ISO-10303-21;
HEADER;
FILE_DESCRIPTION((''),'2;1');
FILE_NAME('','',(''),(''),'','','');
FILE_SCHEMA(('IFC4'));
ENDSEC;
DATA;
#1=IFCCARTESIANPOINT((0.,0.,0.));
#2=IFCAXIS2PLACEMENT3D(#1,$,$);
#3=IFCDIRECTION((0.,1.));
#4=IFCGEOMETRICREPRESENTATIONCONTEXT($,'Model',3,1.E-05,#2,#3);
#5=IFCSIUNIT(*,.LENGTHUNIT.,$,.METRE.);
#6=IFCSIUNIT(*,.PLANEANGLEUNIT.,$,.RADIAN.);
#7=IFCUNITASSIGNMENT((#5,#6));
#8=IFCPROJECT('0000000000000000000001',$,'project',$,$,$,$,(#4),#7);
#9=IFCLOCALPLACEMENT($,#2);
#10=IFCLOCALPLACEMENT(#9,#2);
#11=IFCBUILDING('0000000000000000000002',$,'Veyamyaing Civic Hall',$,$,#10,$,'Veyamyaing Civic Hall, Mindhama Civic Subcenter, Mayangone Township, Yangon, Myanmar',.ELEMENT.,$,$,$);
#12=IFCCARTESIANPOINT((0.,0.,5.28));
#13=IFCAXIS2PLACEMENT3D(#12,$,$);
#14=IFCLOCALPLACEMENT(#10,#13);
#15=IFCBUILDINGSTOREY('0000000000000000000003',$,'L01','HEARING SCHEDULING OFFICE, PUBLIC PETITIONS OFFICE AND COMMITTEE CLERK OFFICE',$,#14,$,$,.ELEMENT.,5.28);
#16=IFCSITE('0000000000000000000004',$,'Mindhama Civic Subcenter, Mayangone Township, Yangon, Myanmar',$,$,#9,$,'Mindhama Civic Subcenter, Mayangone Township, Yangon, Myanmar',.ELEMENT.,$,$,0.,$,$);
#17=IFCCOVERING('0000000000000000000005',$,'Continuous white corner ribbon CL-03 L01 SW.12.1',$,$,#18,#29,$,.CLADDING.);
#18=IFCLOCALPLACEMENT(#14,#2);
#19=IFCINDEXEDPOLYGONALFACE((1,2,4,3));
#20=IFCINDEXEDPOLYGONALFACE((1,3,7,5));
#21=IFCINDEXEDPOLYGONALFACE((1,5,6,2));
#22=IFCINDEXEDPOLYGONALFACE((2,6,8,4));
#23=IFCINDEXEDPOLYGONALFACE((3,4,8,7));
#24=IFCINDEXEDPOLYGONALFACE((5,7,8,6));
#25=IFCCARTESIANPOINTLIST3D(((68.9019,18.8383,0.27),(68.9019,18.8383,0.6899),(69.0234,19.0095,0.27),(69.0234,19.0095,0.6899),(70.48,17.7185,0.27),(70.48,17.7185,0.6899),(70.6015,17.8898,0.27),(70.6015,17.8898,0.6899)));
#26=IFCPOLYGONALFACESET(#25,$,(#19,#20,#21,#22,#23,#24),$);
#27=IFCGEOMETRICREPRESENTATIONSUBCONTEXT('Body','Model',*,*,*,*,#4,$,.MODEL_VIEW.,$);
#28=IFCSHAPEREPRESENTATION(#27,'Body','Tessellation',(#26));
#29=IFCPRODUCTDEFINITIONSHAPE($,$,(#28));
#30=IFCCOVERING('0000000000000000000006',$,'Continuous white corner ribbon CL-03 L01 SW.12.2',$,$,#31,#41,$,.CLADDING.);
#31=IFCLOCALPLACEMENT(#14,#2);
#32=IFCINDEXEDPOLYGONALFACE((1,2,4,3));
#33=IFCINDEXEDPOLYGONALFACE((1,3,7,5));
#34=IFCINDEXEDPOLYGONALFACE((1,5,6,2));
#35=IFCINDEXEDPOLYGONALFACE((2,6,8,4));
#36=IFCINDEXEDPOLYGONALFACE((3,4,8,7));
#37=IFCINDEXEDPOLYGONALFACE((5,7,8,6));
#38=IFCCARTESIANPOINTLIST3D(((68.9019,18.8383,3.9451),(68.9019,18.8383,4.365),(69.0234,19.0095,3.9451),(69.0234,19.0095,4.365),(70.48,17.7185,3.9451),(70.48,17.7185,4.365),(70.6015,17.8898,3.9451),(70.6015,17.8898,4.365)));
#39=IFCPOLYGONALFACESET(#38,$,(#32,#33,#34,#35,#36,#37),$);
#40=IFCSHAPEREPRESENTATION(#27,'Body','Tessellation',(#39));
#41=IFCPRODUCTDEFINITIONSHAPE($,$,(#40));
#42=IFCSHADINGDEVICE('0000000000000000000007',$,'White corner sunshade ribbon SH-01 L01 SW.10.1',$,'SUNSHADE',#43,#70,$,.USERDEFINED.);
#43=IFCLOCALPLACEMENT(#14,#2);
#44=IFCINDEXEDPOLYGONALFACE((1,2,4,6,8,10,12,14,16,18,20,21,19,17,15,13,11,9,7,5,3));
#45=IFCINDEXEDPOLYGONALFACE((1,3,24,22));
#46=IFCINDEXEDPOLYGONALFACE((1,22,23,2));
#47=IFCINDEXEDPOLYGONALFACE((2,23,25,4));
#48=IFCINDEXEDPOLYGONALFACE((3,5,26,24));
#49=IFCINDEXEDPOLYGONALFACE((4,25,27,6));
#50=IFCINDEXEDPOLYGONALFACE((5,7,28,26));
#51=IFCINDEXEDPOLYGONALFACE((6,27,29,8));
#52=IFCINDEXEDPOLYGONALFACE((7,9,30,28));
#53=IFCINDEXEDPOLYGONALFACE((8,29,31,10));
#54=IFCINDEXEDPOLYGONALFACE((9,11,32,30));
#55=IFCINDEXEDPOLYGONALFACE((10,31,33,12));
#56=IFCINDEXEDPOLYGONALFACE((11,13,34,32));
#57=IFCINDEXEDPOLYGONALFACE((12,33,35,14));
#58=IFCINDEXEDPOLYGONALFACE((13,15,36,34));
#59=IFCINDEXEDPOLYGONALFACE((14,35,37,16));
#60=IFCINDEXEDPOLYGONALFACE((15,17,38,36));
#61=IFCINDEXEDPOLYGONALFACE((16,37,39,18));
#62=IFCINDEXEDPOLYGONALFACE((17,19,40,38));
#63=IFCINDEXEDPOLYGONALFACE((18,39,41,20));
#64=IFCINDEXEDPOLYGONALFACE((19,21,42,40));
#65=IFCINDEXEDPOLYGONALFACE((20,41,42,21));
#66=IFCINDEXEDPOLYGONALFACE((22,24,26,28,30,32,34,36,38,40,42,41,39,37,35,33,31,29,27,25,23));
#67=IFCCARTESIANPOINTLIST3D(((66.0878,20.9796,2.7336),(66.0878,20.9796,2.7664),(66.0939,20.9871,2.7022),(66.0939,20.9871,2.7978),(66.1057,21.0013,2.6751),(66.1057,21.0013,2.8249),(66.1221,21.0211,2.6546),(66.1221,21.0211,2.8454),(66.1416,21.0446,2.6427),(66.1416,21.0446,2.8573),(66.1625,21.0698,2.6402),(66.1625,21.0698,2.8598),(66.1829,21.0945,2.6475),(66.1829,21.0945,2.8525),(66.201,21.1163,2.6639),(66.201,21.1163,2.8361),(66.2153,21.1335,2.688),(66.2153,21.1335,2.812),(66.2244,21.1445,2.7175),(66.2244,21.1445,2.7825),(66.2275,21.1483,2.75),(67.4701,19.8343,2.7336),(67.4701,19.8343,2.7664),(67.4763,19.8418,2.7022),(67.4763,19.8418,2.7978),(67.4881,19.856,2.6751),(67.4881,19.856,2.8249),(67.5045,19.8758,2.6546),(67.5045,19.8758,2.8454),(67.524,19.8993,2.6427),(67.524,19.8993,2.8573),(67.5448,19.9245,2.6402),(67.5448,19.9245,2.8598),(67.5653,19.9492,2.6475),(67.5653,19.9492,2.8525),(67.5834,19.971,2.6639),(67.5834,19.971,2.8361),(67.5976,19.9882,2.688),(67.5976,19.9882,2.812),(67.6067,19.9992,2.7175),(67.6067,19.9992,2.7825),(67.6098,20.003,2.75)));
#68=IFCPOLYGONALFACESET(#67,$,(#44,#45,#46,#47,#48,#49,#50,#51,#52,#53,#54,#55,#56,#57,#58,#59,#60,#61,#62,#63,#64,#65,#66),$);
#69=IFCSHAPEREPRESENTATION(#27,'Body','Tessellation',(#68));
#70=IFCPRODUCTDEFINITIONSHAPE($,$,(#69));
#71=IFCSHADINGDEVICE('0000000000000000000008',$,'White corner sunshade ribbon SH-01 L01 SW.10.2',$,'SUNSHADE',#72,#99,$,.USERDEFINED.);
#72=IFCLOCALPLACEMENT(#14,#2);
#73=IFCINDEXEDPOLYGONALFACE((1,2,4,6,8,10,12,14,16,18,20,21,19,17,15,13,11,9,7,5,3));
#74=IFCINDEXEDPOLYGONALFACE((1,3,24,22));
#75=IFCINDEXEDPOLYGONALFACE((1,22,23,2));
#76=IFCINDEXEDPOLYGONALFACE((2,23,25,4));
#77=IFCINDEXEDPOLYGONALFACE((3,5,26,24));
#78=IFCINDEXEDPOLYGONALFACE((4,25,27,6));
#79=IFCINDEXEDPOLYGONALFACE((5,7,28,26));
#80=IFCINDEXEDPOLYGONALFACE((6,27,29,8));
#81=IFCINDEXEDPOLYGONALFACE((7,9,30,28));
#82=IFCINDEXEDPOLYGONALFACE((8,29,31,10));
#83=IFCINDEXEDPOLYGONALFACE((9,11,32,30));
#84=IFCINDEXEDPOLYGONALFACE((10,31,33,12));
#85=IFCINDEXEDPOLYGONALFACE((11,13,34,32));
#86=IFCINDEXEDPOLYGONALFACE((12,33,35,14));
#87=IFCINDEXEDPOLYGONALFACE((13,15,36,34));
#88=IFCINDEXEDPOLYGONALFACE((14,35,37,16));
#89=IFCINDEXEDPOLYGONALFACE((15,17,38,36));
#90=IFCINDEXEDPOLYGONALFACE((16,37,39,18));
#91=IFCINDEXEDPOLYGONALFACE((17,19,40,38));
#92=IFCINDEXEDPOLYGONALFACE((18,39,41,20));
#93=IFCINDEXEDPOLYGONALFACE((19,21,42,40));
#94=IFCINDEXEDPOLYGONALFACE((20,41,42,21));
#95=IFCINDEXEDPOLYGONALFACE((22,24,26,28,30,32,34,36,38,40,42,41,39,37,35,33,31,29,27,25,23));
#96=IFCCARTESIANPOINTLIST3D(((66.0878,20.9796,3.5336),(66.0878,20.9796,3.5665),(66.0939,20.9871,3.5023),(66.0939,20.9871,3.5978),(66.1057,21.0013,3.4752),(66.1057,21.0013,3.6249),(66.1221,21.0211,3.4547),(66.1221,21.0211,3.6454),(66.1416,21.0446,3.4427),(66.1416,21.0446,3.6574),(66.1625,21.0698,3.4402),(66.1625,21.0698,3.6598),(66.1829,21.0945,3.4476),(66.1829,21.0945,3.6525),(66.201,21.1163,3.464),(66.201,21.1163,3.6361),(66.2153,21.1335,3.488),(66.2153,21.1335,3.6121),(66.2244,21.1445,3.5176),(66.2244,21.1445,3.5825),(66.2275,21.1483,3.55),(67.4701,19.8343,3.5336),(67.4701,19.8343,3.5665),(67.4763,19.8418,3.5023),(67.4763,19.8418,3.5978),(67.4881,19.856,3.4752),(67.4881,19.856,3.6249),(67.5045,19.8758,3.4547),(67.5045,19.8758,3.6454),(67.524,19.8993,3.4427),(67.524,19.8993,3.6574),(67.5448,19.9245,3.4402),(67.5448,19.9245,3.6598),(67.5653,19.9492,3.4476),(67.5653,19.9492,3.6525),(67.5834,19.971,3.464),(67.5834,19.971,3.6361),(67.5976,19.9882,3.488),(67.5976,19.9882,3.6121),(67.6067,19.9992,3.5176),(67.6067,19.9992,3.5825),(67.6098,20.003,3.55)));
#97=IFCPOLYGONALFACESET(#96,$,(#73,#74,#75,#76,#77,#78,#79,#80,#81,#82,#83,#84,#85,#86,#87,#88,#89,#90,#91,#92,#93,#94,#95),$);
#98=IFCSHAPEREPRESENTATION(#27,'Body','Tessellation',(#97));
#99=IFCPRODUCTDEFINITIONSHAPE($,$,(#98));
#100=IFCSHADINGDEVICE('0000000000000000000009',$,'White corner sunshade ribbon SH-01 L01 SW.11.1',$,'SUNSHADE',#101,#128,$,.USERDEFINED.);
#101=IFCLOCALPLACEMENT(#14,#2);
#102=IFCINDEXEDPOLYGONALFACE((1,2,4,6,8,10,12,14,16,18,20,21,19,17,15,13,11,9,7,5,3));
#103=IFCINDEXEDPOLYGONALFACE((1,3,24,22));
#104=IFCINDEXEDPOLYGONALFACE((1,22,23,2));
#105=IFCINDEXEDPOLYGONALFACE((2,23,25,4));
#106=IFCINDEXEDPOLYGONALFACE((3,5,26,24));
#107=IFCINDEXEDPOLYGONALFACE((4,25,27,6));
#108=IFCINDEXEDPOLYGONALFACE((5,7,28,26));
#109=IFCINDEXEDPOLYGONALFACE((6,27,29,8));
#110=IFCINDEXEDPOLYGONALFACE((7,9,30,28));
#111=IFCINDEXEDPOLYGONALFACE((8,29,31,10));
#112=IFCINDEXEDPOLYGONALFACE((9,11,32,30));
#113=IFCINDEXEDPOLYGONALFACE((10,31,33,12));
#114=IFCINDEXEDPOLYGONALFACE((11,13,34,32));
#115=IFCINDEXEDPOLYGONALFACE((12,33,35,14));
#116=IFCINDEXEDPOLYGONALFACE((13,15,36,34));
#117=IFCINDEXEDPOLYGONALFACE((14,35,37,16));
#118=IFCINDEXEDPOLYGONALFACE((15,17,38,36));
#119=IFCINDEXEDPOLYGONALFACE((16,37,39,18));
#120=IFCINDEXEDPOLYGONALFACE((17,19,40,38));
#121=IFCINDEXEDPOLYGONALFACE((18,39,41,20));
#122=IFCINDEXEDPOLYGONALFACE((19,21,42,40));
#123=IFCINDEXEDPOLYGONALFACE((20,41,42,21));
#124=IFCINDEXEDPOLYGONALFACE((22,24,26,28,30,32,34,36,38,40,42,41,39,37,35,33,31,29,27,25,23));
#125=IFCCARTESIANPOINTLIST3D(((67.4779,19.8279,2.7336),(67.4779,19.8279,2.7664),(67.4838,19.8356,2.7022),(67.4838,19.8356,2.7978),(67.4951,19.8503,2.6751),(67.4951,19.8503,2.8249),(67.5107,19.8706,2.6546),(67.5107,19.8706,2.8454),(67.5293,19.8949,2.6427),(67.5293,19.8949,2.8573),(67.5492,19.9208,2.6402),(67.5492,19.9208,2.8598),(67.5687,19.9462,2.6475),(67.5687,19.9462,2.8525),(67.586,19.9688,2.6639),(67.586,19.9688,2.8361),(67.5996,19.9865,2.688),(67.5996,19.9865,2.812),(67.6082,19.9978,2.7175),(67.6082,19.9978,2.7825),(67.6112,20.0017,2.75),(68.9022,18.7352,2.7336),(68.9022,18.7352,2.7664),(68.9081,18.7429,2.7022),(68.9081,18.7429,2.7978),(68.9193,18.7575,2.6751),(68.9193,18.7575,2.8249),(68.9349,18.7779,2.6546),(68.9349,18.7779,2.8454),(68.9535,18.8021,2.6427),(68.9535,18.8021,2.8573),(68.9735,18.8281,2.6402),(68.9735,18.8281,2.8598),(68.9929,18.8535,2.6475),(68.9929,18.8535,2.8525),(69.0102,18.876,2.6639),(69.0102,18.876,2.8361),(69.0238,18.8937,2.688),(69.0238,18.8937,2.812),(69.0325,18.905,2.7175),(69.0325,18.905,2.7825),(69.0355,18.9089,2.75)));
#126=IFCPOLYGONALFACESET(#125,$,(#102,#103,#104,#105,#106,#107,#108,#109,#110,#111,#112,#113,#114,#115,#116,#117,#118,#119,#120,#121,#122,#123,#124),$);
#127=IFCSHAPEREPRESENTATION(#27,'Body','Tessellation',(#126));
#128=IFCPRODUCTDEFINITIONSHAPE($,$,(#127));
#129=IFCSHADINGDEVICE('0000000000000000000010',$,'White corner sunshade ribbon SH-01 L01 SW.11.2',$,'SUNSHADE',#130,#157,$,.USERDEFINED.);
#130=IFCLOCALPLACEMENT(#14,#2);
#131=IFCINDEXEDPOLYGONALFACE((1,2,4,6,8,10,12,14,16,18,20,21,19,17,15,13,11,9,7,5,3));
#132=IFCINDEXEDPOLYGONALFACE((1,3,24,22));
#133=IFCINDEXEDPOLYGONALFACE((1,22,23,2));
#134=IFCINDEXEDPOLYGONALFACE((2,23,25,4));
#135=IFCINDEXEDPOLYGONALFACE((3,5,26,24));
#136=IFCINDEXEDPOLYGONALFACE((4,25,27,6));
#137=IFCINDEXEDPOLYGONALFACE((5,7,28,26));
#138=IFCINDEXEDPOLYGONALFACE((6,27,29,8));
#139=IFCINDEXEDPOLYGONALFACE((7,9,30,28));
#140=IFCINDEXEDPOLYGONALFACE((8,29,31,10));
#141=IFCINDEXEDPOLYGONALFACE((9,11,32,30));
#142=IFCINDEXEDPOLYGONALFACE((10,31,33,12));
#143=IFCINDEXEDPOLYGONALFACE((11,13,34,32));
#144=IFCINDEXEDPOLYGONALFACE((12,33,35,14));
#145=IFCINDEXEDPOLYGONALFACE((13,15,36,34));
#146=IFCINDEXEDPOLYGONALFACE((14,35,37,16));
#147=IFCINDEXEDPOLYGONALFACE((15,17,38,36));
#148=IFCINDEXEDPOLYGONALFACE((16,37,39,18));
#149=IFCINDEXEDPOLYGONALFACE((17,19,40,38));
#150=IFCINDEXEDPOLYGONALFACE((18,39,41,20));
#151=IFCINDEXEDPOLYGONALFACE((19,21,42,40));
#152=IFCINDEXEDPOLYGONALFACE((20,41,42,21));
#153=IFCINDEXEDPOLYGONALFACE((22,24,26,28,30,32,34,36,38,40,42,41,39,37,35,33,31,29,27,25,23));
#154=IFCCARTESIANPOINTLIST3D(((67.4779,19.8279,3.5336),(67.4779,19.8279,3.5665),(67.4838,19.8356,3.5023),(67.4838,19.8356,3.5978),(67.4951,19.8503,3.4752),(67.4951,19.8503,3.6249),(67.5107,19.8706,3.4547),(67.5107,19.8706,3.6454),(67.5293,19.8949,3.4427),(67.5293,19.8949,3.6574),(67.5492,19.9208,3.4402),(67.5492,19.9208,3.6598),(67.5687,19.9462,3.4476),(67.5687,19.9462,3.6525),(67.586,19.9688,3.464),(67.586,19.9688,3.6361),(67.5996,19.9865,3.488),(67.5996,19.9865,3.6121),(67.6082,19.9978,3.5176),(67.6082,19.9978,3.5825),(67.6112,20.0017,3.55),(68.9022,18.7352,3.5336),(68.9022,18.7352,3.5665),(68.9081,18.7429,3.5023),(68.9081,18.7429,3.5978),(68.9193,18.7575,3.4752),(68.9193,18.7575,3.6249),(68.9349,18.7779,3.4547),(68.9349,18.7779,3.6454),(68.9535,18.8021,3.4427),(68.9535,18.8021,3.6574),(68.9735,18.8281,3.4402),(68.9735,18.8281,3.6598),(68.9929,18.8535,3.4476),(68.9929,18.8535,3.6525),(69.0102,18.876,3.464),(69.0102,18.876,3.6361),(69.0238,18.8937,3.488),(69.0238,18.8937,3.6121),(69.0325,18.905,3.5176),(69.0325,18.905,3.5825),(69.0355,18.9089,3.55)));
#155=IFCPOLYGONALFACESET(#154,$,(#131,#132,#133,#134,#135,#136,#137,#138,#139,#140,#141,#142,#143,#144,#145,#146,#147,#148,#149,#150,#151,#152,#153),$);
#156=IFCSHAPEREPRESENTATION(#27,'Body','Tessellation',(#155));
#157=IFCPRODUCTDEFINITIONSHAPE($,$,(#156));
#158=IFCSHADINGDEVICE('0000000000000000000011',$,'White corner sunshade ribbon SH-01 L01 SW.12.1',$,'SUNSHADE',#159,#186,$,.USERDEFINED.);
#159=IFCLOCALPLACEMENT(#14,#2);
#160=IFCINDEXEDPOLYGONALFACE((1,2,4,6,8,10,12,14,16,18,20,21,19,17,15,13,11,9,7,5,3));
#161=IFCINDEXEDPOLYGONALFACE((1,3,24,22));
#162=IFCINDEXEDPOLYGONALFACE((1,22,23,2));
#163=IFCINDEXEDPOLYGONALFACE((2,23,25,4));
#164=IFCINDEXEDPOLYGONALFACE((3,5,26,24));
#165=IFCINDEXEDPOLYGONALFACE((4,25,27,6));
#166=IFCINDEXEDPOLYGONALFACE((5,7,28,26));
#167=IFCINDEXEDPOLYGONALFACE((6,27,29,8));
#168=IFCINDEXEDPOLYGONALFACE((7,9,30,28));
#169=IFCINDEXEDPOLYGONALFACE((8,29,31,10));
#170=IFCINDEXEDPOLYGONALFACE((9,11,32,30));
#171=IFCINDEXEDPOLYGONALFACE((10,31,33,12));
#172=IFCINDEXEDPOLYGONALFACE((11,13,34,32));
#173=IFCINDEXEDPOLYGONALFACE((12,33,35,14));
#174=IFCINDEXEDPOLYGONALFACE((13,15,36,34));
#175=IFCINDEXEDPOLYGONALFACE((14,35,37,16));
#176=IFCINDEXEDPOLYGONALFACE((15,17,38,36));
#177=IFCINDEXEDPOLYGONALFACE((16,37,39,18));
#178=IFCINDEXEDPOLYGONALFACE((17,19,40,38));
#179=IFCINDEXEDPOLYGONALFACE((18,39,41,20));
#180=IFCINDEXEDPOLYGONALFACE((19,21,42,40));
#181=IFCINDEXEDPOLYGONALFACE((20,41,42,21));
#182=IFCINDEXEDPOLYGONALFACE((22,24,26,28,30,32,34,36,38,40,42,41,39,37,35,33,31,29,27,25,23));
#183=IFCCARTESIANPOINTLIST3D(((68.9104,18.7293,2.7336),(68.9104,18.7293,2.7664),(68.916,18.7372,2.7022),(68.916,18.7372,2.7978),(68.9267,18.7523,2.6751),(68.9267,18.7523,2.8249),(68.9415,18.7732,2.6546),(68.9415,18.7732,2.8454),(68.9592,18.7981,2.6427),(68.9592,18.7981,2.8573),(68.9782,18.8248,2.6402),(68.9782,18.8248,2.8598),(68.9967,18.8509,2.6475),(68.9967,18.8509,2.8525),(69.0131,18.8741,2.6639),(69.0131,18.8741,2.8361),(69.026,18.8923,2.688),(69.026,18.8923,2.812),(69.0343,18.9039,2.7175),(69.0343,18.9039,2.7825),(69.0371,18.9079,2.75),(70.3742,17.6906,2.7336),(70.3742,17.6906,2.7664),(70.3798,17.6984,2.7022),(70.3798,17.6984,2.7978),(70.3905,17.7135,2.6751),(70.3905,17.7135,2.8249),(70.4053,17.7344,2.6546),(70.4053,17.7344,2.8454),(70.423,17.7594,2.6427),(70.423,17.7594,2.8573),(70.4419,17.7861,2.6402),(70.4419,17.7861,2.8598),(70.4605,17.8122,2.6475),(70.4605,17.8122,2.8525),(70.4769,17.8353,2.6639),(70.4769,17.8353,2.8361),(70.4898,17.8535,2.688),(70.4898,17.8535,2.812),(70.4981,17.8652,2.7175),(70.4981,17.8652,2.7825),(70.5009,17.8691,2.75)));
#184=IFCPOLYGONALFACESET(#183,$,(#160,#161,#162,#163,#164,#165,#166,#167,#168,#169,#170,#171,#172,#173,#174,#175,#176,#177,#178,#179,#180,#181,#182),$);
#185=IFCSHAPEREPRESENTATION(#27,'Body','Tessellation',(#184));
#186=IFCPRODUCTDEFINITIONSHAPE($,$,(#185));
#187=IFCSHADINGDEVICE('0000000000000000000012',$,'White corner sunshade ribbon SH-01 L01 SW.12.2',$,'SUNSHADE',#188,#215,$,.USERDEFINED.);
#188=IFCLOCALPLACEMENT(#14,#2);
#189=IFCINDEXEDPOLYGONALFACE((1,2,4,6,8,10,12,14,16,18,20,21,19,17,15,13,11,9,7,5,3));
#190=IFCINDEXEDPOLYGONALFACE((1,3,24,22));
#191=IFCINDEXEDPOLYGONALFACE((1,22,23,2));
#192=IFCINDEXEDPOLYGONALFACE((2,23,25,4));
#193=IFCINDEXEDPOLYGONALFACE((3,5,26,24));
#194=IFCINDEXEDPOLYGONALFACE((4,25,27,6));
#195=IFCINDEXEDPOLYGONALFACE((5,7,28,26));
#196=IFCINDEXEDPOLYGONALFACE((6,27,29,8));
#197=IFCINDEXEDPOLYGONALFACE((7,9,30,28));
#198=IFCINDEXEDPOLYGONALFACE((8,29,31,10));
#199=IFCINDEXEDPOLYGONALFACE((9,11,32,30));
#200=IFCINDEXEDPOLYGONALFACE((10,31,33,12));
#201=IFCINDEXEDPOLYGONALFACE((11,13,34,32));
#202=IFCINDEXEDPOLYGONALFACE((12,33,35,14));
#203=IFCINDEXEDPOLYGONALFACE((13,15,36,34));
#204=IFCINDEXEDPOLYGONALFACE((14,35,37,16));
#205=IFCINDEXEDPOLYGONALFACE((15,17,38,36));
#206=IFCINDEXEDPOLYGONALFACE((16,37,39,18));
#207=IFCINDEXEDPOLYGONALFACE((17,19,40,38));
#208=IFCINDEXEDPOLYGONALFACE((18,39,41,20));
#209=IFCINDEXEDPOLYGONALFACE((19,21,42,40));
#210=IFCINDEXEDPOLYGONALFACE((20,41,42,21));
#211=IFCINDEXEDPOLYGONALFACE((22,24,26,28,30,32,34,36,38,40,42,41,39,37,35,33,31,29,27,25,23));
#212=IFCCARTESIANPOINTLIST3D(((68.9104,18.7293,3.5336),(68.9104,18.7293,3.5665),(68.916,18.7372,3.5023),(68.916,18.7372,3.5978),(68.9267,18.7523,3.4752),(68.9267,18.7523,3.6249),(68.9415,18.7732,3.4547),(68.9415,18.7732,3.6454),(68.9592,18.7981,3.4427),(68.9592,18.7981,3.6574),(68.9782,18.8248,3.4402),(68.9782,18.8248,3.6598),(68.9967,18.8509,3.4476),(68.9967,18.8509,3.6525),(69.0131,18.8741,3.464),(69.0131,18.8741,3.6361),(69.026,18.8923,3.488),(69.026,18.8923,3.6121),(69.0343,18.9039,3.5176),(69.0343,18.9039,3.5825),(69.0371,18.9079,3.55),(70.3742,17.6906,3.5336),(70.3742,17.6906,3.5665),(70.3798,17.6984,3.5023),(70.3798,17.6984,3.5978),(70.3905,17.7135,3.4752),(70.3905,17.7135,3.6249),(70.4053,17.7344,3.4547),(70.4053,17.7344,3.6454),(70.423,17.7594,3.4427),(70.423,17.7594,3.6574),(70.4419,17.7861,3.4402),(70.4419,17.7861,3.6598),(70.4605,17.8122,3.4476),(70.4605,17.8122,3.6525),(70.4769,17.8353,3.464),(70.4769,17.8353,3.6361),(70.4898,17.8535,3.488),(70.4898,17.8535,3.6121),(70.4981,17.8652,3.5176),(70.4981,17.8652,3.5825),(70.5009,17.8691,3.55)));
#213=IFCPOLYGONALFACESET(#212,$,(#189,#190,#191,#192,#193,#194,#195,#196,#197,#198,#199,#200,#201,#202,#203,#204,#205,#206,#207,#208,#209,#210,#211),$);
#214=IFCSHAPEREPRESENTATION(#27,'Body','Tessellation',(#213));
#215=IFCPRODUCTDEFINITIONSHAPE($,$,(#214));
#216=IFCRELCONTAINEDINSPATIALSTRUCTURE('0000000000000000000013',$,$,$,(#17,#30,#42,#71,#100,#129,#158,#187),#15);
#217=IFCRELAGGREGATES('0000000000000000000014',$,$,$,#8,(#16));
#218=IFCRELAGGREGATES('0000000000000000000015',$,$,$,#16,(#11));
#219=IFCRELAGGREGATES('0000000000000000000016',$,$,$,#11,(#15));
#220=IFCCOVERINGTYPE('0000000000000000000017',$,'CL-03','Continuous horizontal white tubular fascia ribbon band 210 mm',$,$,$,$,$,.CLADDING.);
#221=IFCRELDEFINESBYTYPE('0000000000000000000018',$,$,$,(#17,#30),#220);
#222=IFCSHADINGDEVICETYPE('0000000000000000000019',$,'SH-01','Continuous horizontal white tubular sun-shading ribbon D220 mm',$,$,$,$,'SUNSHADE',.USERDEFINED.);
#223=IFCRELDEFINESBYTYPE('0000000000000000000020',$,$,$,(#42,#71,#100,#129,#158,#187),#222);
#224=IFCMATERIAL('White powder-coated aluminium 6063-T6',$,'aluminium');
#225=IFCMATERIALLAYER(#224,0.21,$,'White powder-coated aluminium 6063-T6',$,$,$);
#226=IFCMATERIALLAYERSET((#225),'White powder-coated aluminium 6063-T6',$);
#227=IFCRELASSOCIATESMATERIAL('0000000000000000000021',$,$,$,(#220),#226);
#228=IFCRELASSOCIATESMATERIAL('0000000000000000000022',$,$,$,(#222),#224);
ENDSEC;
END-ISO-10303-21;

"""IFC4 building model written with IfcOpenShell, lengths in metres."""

from ifc_helpers import new_model, si_unit, direction, frame, origin, origin_2d, place, context, subcontext, project, spatial, rectangle, circle, extrude, material, layer, layer_set, material_profile, profile_set, type_object, element, save


model = new_model("IFC4")

# Units and contexts
model_context = context("Model", 3, precision=1e-05, world=origin(), true_north=direction((0.0, 1.0)))
body_context = subcontext(model_context, "Body", "Model", "MODEL_VIEW")
ifc_project = project(units=[si_unit("LENGTHUNIT", "METRE"), si_unit("PLANEANGLEUNIT", "RADIAN")], contexts=[model_context])

# Site, building, storey
site_placement = place(None, origin())
site = spatial("IfcSite", under=ifc_project, at=site_placement, Name="Mindhama Civic Subcenter, Mayangone Township, Yangon, Myanmar", LongName="Mindhama Civic Subcenter, Mayangone Township, Yangon, Myanmar", CompositionType="ELEMENT", RefElevation=0.0)
building_placement = place(site_placement, origin())
building = spatial("IfcBuilding", under=site, at=building_placement, Name="Veyamyaing Civic Hall", LongName="Veyamyaing Civic Hall, Mindhama Civic Subcenter, Mayangone Township, Yangon, Myanmar", CompositionType="ELEMENT")
storey_placement = place(building_placement, frame((0.0, 0.0, 5.28)))
storey = spatial("IfcBuildingStorey", under=building, at=storey_placement, Name="L01", Description="HEARING SCHEDULING OFFICE, PUBLIC PETITIONS OFFICE AND COMMITTEE CLERK OFFICE", CompositionType="ELEMENT", Elevation=5.28)

# Coverings
ifc_material_1 = material(Name="White powder-coated aluminium 6063-T6", Category="aluminium")
ifc_layer_1 = layer(ifc_material_1, 0.21, Name="White powder-coated aluminium 6063-T6")
ifc_layer_set_1 = layer_set([ifc_layer_1], Name="White powder-coated aluminium 6063-T6")
covering_type = type_object("IfcCoveringType", Name="CL-03", Description="Continuous horizontal white tubular fascia ribbon band 210 mm", PredefinedType="CLADDING", material=ifc_layer_set_1)
for number, where, z_axis, x_axis, name in (
    (1, (69.7517, 18.364, 0.27), (0.0, 0.0, 1.0), (0.815561, -0.578671, 0.0), "Continuous white corner ribbon CL-03 L01 SW.12.1"),
    (2, (69.7517, 18.364, 3.9451), (0.0, 0.0, 1.0), (0.815561, -0.578671, 0.0), "Continuous white corner ribbon CL-03 L01 SW.12.2"),
):
    element("IfcCovering", number, at=place(storey_placement, frame(where, z_axis=z_axis, x_axis=x_axis)), inside=storey, type_object=covering_type, Name=name, PredefinedType="CLADDING", context=body_context, shape_type="SweptSolid", body=[
        extrude(rectangle(XDim=1.9351, YDim=0.21, at=origin_2d()), origin(), (0.0, 0.0, 1.0), 0.4199),
    ])

# Shading devices
ifc_material_profile_1 = material_profile(ifc_material_1, circle(Radius=0.1101, at=origin_2d()), Name="SHADE-TUBE-220")
ifc_profile_set_1 = profile_set([ifc_material_profile_1], Name="White powder-coated aluminium 6063-T6")
shading_device_type = type_object("IfcShadingDeviceType", Name="SH-01", Description="Continuous horizontal white tubular sun-shading ribbon D220 mm", ElementType="SUNSHADE", PredefinedType="USERDEFINED", material=ifc_profile_set_1)
for number, where, z_axis, x_axis, name in (
    (3, (66.1572, 21.0635, 2.75), (0.770046, -0.637988, 0.0), (0.637988, 0.770046, 0.0), "White corner sunshade ribbon SH-01 L01 SW.10.1"),
    (4, (66.1572, 21.0635, 3.55), (0.770046, -0.637988, 0.0), (0.637988, 0.770046, 0.0), "White corner sunshade ribbon SH-01 L01 SW.10.2"),
    (5, (67.5442, 19.9143, 2.75), (0.793392, -0.608711, 0.0), (0.608711, 0.793392, 0.0), "White corner sunshade ribbon SH-01 L01 SW.11.1"),
    (6, (67.5442, 19.9143, 3.55), (0.793392, -0.608711, 0.0), (0.608711, 0.793392, 0.0), "White corner sunshade ribbon SH-01 L01 SW.11.2"),
):
    element("IfcShadingDevice", number, at=place(storey_placement, frame(where, z_axis=z_axis, x_axis=x_axis)), inside=storey, type_object=shading_device_type, Name=name, ObjectType="SUNSHADE", PredefinedType="USERDEFINED", context=body_context, shape_type="SweptSolid", body=[
        extrude(circle(Radius=0.1101, at=origin_2d()), origin(), (0.0, 0.0, 1.0), 1.7952),
    ])
for number, where, z_axis, x_axis, name in (
    (7, (68.9734, 18.8181, 2.75), (0.815522, -0.578727, 0.0), (0.578727, 0.815522, 0.0), "White corner sunshade ribbon SH-01 L01 SW.12.1"),
    (8, (68.9734, 18.8181, 3.55), (0.815522, -0.578727, 0.0), (0.578727, 0.815522, 0.0), "White corner sunshade ribbon SH-01 L01 SW.12.2"),
):
    element("IfcShadingDevice", number, at=place(storey_placement, frame(where, z_axis=z_axis, x_axis=x_axis)), inside=storey, type_object=shading_device_type, Name=name, ObjectType="SUNSHADE", PredefinedType="USERDEFINED", context=body_context, shape_type="SweptSolid", body=[
        extrude(circle(Radius=0.1101, at=origin_2d()), origin(), (0.0, 0.0, 1.0), 1.7949),
    ])

save(model, "model.ifc")
